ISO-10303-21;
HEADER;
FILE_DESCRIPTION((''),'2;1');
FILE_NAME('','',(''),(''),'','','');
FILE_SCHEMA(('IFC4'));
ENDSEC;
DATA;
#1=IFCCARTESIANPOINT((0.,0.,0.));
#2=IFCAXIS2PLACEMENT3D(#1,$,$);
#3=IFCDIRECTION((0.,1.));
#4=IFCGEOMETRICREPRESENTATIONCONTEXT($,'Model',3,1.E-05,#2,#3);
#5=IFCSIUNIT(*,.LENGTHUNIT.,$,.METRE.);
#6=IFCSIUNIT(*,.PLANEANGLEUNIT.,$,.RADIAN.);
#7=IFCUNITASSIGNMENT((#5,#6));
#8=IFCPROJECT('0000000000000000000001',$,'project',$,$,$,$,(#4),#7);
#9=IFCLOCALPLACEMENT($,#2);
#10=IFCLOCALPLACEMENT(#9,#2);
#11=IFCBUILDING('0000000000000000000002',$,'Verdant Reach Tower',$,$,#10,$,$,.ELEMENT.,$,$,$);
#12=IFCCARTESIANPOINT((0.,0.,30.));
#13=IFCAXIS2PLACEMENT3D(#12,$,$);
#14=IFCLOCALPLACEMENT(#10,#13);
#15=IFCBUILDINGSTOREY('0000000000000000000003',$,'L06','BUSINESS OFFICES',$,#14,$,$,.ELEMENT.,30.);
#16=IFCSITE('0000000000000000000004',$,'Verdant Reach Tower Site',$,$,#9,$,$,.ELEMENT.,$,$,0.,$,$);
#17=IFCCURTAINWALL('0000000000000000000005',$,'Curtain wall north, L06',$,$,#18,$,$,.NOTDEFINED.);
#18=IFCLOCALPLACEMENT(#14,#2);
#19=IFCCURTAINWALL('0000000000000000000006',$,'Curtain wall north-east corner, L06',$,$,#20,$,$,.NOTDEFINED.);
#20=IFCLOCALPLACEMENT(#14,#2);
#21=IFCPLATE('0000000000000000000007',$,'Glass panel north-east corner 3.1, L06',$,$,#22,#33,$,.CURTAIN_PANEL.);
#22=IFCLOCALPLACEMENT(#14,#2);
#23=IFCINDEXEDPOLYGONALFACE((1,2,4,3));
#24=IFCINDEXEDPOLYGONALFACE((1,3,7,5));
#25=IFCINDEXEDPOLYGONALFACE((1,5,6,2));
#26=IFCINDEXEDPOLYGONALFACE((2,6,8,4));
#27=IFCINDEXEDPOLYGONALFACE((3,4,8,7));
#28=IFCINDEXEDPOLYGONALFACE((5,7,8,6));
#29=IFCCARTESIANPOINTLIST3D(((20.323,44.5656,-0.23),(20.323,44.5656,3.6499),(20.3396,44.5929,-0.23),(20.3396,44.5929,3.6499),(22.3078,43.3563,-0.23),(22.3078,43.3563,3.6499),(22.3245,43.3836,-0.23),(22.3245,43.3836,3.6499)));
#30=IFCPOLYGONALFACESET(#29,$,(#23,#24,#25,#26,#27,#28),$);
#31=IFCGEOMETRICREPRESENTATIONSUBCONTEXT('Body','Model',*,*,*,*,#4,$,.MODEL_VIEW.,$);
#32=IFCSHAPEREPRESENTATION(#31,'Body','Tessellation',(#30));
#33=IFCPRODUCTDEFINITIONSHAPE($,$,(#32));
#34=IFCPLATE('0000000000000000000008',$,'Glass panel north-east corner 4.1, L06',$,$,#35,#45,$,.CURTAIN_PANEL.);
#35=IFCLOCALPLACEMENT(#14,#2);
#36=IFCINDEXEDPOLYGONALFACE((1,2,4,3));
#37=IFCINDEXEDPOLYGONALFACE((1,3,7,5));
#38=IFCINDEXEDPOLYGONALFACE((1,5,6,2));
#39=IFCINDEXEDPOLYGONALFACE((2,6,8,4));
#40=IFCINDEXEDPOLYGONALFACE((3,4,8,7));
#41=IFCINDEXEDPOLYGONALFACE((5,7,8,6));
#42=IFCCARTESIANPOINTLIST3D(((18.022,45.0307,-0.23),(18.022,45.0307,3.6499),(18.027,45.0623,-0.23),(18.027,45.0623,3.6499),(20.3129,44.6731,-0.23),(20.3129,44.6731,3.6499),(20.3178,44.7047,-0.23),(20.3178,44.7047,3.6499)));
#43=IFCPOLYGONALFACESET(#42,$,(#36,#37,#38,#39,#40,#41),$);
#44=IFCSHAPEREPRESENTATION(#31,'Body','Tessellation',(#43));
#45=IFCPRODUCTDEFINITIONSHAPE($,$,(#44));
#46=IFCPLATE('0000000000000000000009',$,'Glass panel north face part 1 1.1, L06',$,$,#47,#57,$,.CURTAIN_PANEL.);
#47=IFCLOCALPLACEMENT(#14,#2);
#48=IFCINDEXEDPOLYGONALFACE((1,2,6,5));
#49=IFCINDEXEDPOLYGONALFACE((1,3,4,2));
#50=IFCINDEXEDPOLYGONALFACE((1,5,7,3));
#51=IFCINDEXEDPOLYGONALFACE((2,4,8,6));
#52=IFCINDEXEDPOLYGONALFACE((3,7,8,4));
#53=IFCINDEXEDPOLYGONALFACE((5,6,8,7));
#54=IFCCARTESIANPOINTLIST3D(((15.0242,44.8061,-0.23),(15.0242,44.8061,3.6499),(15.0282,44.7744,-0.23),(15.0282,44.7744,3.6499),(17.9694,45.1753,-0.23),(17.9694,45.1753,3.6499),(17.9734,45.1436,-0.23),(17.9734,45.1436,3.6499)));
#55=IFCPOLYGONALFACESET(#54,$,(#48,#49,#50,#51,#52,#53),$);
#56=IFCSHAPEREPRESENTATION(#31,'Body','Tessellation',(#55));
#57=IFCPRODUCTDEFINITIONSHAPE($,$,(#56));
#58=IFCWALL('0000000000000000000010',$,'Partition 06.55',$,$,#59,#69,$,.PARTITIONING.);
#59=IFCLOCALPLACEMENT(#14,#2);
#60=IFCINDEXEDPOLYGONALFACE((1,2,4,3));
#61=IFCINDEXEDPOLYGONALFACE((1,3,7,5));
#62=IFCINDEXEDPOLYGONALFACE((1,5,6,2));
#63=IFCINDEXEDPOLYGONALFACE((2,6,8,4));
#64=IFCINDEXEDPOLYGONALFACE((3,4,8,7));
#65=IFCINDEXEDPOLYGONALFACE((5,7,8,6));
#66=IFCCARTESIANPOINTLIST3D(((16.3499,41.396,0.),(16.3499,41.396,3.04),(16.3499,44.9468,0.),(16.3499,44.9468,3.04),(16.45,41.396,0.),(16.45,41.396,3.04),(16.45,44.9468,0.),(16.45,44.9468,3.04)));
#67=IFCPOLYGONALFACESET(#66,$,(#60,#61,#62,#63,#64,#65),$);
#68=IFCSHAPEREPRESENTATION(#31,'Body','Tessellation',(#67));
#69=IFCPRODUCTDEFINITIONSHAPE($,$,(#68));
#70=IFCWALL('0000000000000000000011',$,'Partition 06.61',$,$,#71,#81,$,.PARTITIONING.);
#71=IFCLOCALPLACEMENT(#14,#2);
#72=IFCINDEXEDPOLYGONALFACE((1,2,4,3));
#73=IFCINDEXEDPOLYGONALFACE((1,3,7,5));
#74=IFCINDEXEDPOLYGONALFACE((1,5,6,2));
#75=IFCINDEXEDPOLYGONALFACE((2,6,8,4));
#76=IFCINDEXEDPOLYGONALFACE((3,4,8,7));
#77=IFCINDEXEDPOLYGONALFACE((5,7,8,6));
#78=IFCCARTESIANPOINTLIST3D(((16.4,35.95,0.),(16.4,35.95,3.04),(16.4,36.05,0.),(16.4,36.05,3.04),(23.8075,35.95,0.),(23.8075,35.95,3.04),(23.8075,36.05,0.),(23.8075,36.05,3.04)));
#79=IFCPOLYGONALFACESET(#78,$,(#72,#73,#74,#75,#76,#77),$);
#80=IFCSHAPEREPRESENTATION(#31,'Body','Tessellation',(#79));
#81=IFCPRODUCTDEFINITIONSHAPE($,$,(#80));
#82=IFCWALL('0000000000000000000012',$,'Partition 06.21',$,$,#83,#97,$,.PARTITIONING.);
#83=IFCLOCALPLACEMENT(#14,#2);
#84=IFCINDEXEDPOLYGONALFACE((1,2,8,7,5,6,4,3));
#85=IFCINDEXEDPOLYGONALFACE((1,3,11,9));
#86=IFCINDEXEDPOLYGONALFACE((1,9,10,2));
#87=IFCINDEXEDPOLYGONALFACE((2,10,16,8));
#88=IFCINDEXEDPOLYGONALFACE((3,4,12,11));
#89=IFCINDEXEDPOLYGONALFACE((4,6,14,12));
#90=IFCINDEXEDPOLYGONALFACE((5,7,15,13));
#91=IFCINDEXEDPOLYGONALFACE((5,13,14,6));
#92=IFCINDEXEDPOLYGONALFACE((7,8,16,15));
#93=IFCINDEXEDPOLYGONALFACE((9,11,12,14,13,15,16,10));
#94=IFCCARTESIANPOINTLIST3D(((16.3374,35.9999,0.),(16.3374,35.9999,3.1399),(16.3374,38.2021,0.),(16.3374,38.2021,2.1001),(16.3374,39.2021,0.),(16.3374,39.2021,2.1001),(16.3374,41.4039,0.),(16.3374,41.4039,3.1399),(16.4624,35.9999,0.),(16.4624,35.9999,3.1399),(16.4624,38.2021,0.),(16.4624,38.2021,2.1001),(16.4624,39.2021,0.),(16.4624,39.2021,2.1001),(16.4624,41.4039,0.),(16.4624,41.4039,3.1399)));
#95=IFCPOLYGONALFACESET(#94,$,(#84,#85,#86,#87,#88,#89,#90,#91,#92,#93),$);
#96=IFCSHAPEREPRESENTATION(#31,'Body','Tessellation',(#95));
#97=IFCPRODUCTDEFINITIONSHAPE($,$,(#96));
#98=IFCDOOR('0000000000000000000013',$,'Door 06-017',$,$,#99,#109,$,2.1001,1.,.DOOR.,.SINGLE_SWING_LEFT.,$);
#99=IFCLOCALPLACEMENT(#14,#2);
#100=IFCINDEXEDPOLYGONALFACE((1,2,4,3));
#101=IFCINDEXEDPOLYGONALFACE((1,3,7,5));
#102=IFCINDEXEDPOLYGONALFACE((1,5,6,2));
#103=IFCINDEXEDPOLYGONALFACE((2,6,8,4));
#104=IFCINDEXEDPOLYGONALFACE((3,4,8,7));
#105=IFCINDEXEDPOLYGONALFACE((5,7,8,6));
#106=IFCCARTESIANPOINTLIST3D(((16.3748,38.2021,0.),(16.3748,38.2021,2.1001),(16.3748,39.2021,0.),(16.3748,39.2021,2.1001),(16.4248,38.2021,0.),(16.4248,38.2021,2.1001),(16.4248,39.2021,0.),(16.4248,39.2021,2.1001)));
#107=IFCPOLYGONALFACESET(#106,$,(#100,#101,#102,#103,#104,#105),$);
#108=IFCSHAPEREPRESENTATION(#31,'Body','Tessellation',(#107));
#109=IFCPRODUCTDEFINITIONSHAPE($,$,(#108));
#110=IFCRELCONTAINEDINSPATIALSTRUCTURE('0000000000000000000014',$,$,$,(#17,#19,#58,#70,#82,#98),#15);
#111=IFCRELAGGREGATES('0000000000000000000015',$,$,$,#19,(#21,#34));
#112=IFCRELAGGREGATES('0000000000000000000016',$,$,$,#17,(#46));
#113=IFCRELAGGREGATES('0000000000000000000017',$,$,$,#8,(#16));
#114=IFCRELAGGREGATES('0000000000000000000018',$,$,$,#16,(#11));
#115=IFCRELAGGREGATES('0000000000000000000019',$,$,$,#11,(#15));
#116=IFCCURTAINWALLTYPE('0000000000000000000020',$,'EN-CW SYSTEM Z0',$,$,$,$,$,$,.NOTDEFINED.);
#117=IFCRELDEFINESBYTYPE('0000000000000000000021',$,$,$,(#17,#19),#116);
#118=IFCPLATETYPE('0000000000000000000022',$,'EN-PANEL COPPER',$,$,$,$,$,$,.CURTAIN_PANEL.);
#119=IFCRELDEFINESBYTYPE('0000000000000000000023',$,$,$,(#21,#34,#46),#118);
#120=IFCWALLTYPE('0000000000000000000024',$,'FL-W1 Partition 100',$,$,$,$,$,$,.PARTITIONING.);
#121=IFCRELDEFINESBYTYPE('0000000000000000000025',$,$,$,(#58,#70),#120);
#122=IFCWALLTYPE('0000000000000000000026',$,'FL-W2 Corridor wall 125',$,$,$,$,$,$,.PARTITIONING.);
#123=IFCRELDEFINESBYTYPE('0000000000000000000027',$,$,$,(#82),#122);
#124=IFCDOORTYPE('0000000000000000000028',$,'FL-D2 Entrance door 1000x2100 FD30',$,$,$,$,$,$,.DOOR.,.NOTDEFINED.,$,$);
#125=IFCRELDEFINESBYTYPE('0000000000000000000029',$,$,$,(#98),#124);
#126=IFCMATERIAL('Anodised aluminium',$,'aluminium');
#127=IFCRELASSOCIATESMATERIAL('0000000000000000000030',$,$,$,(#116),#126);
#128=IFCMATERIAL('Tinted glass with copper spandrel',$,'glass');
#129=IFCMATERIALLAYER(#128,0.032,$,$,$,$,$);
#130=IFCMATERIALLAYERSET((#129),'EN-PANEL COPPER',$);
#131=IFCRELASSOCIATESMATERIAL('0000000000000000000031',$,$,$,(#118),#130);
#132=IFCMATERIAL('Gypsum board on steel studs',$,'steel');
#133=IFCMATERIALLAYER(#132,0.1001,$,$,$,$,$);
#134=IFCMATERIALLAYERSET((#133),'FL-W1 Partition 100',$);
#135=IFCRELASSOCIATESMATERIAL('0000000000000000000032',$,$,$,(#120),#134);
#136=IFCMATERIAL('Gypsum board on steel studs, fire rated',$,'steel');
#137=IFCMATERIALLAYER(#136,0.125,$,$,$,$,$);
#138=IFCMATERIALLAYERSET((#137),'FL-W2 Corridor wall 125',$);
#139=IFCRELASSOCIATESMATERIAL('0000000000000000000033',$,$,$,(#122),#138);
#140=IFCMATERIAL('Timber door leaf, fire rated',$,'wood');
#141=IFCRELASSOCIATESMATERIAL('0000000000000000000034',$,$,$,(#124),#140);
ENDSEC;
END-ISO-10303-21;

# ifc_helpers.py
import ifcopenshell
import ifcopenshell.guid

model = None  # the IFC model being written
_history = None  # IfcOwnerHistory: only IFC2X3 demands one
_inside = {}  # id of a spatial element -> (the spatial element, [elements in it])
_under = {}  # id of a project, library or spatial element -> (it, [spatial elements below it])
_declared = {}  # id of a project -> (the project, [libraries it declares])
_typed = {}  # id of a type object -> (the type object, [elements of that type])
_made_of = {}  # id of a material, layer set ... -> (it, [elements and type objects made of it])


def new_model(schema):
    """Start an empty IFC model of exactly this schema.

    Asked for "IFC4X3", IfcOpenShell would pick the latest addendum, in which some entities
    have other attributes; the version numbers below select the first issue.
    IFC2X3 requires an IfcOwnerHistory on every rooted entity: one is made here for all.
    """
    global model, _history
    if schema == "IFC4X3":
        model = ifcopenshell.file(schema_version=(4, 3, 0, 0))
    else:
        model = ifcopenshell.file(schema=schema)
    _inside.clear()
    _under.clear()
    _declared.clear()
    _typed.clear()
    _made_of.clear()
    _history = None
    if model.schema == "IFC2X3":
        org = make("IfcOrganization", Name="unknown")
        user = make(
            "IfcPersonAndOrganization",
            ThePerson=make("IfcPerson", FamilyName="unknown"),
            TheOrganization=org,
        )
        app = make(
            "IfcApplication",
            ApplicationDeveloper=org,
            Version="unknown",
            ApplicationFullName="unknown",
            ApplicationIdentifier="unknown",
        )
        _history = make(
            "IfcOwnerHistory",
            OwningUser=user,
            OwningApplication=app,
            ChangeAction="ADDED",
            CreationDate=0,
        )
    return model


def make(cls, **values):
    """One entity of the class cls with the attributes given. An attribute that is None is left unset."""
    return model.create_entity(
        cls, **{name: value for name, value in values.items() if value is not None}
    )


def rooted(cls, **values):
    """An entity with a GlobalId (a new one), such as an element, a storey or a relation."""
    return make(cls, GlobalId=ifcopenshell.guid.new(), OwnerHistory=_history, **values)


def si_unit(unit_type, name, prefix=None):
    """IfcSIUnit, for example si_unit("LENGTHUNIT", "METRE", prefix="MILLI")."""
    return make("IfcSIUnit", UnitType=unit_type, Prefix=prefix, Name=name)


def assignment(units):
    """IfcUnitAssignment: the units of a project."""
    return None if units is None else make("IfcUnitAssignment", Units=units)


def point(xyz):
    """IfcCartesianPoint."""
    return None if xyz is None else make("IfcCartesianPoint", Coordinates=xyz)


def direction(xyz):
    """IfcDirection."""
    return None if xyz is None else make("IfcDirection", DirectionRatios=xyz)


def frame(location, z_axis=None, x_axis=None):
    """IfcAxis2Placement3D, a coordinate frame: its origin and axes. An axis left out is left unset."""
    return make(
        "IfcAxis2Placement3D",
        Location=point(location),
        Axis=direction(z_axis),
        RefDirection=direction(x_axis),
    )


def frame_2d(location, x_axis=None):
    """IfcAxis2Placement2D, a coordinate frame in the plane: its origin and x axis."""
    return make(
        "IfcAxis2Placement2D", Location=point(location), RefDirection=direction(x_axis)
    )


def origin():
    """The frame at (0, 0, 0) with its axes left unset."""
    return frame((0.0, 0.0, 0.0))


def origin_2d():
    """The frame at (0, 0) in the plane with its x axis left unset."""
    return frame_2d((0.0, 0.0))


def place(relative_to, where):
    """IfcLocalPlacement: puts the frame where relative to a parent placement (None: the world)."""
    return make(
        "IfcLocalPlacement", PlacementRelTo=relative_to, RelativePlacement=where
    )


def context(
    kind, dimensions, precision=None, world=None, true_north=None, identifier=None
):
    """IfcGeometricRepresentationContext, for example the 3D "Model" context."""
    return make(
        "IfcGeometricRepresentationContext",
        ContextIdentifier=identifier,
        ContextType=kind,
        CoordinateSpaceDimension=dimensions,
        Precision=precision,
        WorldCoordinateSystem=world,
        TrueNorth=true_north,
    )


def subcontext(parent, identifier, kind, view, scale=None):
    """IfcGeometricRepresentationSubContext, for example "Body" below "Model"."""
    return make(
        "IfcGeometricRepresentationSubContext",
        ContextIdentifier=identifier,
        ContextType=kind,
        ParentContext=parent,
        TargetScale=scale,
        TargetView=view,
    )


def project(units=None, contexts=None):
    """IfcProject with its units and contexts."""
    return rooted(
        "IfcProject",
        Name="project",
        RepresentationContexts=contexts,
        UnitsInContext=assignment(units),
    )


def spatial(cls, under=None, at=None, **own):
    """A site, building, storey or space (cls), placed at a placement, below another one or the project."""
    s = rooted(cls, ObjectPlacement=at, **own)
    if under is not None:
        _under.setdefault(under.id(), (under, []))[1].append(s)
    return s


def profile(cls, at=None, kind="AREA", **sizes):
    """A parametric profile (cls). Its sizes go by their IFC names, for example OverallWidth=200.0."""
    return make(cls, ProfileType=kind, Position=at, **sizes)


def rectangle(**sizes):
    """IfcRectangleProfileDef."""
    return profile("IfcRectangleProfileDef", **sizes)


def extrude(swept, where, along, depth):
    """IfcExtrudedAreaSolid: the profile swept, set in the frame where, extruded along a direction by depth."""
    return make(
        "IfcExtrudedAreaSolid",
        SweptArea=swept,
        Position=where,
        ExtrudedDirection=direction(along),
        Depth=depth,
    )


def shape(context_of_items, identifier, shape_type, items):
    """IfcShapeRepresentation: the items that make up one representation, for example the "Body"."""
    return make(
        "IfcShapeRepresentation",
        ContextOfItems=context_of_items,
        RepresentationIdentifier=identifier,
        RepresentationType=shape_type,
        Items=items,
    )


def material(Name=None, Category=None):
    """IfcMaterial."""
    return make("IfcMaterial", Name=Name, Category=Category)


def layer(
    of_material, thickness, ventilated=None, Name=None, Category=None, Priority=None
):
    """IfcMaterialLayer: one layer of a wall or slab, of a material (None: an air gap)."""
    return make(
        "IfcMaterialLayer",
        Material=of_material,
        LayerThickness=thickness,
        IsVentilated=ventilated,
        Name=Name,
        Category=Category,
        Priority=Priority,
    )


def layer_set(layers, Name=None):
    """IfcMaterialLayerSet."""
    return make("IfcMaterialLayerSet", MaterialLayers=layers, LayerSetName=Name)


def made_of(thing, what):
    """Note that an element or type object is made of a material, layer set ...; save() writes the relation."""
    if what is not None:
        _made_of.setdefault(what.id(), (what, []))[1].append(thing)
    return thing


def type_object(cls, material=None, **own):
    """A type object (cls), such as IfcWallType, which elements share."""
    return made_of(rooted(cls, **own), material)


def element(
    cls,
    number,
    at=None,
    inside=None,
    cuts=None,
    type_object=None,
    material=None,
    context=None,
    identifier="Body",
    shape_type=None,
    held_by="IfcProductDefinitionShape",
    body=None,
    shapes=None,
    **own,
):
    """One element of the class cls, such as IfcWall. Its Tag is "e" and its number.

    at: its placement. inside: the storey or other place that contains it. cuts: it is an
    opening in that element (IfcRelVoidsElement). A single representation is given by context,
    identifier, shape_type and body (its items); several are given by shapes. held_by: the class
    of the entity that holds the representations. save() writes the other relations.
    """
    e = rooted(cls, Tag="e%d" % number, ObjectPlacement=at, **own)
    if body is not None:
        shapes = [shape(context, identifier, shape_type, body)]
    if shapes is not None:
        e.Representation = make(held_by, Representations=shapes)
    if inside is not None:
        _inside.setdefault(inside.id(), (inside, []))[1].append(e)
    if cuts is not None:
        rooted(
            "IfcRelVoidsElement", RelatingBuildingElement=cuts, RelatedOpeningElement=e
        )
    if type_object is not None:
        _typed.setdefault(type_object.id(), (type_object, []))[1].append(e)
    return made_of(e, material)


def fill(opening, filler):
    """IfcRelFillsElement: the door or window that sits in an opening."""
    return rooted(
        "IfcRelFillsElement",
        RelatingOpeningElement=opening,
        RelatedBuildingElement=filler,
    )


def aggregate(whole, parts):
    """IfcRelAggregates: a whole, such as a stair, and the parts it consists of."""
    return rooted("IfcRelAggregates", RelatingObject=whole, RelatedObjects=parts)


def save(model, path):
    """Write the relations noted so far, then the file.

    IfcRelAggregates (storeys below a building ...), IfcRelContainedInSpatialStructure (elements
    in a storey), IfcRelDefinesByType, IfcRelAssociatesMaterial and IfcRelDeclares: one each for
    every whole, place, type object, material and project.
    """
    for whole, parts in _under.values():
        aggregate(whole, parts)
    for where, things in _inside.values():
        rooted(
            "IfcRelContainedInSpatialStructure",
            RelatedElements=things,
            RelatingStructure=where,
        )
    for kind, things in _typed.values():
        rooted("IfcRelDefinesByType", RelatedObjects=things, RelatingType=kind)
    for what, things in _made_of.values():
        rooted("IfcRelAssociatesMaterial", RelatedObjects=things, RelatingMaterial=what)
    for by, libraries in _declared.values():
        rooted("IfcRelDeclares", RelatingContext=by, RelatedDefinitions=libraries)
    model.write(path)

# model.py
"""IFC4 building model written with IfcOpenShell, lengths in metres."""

from ifc_helpers import new_model, si_unit, direction, frame, frame_2d, origin, origin_2d, place, context, subcontext, project, spatial, rectangle, extrude, material, layer, layer_set, type_object, element, fill, aggregate, save


model = new_model("IFC4")

# Units and contexts
model_context = context("Model", 3, precision=1e-05, world=origin(), true_north=direction((0.0, 1.0)))
body_context = subcontext(model_context, "Body", "Model", "MODEL_VIEW")
ifc_project = project(units=[si_unit("LENGTHUNIT", "METRE"), si_unit("PLANEANGLEUNIT", "RADIAN")], contexts=[model_context])

# Site, building, storey
site_placement = place(None, origin())
site = spatial("IfcSite", under=ifc_project, at=site_placement, Name="Verdant Reach Tower Site", CompositionType="ELEMENT", RefElevation=0.0)
building_placement = place(site_placement, origin())
building = spatial("IfcBuilding", under=site, at=building_placement, Name="Verdant Reach Tower", CompositionType="ELEMENT")
storey_placement = place(building_placement, frame((0.0, 0.0, 30.0)))
storey = spatial("IfcBuildingStorey", under=building, at=storey_placement, Name="L06", Description="BUSINESS OFFICES", CompositionType="ELEMENT", Elevation=30.0)

# Curtain wall
ifc_material_1 = material(Name="Anodised aluminium", Category="aluminium")
curtain_wall_type = type_object("IfcCurtainWallType", Name="EN-CW SYSTEM Z0", PredefinedType="NOTDEFINED", material=ifc_material_1)
curtain_wall_1_placement = place(storey_placement, origin())
curtain_wall_1 = element("IfcCurtainWall", 1, at=curtain_wall_1_placement, inside=storey, type_object=curtain_wall_type, Name="Curtain wall north, L06", PredefinedType="NOTDEFINED")

# Curtain wall
curtain_wall_2_placement = place(storey_placement, origin())
curtain_wall_2 = element("IfcCurtainWall", 2, at=curtain_wall_2_placement, inside=storey, type_object=curtain_wall_type, Name="Curtain wall north-east corner, L06", PredefinedType="NOTDEFINED")

# Shared definitions
ifc_material_2 = material(Name="Tinted glass with copper spandrel", Category="glass")
ifc_layer_1 = layer(ifc_material_2, 0.032)
ifc_layer_set_1 = layer_set([ifc_layer_1], Name="EN-PANEL COPPER")
plate_type_1 = type_object("IfcPlateType", Name="EN-PANEL COPPER", PredefinedType="CURTAIN_PANEL", material=ifc_layer_set_1)

# Plates
plate_1_placement = place(storey_placement, frame((21.3237, 43.9746, -0.23), z_axis=(0.0, 0.0, 1.0), x_axis=(-0.853989, 0.520292, 0.0)))
plate_1 = element("IfcPlate", 3, at=plate_1_placement, type_object=plate_type_1, Name="Glass panel north-east corner 3.1, L06", PredefinedType="CURTAIN_PANEL", context=body_context, shape_type="SweptSolid", body=[
    extrude(rectangle(XDim=2.3242, YDim=0.032, at=origin_2d()), origin(), (0.0, 0.0, 1.0), 3.8799),
])
plate_2_placement = place(storey_placement, frame((19.1699, 44.8677, -0.23), z_axis=(0.0, 0.0, 1.0), x_axis=(-0.988035, 0.154233, 0.0)))
plate_2 = element("IfcPlate", 4, at=plate_2_placement, type_object=plate_type_1, Name="Glass panel north-east corner 4.1, L06", PredefinedType="CURTAIN_PANEL", context=body_context, shape_type="SweptSolid", body=[
    extrude(rectangle(XDim=2.3186, YDim=0.032, at=origin_2d()), origin(), (0.0, 0.0, 1.0), 3.8799),
])
aggregate(curtain_wall_2, [plate_1, plate_2])
plate_3_placement = place(storey_placement, frame((16.4988, 44.9749, -0.23), z_axis=(0.0, 0.0, 1.0), x_axis=(-0.992234, -0.124384, 0.0)))
plate_3 = element("IfcPlate", 5, at=plate_3_placement, type_object=plate_type_1, Name="Glass panel north face part 1 1.1, L06", PredefinedType="CURTAIN_PANEL", context=body_context, shape_type="SweptSolid", body=[
    extrude(rectangle(XDim=2.9683, YDim=0.032, at=origin_2d()), origin(), (0.0, 0.0, 1.0), 3.8799),
])
aggregate(curtain_wall_1, [plate_3])

# Walls
ifc_material_3 = material(Name="Gypsum board on steel studs", Category="steel")
ifc_layer_2 = layer(ifc_material_3, 0.1001)
ifc_layer_set_2 = layer_set([ifc_layer_2], Name="FL-W1 Partition 100")
wall_type_1 = type_object("IfcWallType", Name="FL-W1 Partition 100", PredefinedType="PARTITIONING", material=ifc_layer_set_2)
wall_1_placement = place(storey_placement, frame((16.3999, 41.396, 0.0), z_axis=(0.0, 0.0, 1.0), x_axis=(0.0, 1.0, 0.0)))
element("IfcWall", 6, at=wall_1_placement, inside=storey, type_object=wall_type_1, Name="Partition 06.55", PredefinedType="PARTITIONING", context=body_context, shape_type="SweptSolid", body=[
    extrude(rectangle(XDim=3.5508, YDim=0.1001, at=frame_2d((1.7754, 0.0))), origin(), (0.0, 0.0, 1.0), 3.04),
])
wall_2_placement = place(storey_placement, frame((23.8074, 36.0, 0.0), z_axis=(0.0, 0.0, 1.0), x_axis=(-1.0, 0.0, 0.0)))
element("IfcWall", 7, at=wall_2_placement, inside=storey, type_object=wall_type_1, Name="Partition 06.61", PredefinedType="PARTITIONING", context=body_context, shape_type="SweptSolid", body=[
    extrude(rectangle(XDim=7.4075, YDim=0.1001, at=frame_2d((3.7036, 0.0))), origin(), (0.0, 0.0, 1.0), 3.04),
])

# Wall, opening, door
ifc_material_4 = material(Name="Gypsum board on steel studs, fire rated", Category="steel")
ifc_layer_3 = layer(ifc_material_4, 0.125)
ifc_layer_set_3 = layer_set([ifc_layer_3], Name="FL-W2 Corridor wall 125")
wall_type_2 = type_object("IfcWallType", Name="FL-W2 Corridor wall 125", PredefinedType="PARTITIONING", material=ifc_layer_set_3)
wall_3_placement = place(storey_placement, frame((16.3999, 41.4041, 0.0), z_axis=(0.0, 0.0, 1.0), x_axis=(0.0, -1.0, 0.0)))
wall_3 = element("IfcWall", 8, at=wall_3_placement, inside=storey, type_object=wall_type_2, Name="Partition 06.21", PredefinedType="PARTITIONING", context=body_context, shape_type="SweptSolid", body=[
    extrude(rectangle(XDim=5.4041, YDim=0.125, at=frame_2d((2.7021, 0.0))), origin(), (0.0, 0.0, 1.0), 3.1399),
])
opening_placement = place(wall_3_placement, frame((2.2019, 0.0, 0.0)))
opening = element("IfcOpeningElement", 9, at=opening_placement, cuts=wall_3, PredefinedType="OPENING", context=body_context, shape_type="SweptSolid", body=[
    extrude(rectangle(XDim=1.0, YDim=2.1001, at=frame_2d((0.5, 1.05))), frame((0.0, 0.0725, 0.0), z_axis=(0.0, -1.0, 0.0), x_axis=(1.0, 0.0, 0.0)), (0.0, 0.0, 1.0), 0.145),
])
ifc_material_5 = material(Name="Timber door leaf, fire rated", Category="wood")
door_type = type_object("IfcDoorType", Name="FL-D2 Entrance door 1000x2100 FD30", OperationType="NOTDEFINED", PredefinedType="DOOR", material=ifc_material_5)
door_placement = place(opening_placement, origin())
door = element("IfcDoor", 10, at=door_placement, inside=storey, type_object=door_type, Name="Door 06-017", OperationType="SINGLE_SWING_LEFT", OverallHeight=2.1001, OverallWidth=1.0, PredefinedType="DOOR", context=body_context, shape_type="SweptSolid", body=[
    extrude(rectangle(XDim=1.0, YDim=2.1001, at=frame_2d((0.5, 1.05))), frame((0.0, 0.0249, 0.0), z_axis=(0.0, -1.0, 0.0), x_axis=(1.0, 0.0, 0.0)), (0.0, 0.0, 1.0), 0.05),
])
fill(opening, door)

save(model, "model.ifc")
